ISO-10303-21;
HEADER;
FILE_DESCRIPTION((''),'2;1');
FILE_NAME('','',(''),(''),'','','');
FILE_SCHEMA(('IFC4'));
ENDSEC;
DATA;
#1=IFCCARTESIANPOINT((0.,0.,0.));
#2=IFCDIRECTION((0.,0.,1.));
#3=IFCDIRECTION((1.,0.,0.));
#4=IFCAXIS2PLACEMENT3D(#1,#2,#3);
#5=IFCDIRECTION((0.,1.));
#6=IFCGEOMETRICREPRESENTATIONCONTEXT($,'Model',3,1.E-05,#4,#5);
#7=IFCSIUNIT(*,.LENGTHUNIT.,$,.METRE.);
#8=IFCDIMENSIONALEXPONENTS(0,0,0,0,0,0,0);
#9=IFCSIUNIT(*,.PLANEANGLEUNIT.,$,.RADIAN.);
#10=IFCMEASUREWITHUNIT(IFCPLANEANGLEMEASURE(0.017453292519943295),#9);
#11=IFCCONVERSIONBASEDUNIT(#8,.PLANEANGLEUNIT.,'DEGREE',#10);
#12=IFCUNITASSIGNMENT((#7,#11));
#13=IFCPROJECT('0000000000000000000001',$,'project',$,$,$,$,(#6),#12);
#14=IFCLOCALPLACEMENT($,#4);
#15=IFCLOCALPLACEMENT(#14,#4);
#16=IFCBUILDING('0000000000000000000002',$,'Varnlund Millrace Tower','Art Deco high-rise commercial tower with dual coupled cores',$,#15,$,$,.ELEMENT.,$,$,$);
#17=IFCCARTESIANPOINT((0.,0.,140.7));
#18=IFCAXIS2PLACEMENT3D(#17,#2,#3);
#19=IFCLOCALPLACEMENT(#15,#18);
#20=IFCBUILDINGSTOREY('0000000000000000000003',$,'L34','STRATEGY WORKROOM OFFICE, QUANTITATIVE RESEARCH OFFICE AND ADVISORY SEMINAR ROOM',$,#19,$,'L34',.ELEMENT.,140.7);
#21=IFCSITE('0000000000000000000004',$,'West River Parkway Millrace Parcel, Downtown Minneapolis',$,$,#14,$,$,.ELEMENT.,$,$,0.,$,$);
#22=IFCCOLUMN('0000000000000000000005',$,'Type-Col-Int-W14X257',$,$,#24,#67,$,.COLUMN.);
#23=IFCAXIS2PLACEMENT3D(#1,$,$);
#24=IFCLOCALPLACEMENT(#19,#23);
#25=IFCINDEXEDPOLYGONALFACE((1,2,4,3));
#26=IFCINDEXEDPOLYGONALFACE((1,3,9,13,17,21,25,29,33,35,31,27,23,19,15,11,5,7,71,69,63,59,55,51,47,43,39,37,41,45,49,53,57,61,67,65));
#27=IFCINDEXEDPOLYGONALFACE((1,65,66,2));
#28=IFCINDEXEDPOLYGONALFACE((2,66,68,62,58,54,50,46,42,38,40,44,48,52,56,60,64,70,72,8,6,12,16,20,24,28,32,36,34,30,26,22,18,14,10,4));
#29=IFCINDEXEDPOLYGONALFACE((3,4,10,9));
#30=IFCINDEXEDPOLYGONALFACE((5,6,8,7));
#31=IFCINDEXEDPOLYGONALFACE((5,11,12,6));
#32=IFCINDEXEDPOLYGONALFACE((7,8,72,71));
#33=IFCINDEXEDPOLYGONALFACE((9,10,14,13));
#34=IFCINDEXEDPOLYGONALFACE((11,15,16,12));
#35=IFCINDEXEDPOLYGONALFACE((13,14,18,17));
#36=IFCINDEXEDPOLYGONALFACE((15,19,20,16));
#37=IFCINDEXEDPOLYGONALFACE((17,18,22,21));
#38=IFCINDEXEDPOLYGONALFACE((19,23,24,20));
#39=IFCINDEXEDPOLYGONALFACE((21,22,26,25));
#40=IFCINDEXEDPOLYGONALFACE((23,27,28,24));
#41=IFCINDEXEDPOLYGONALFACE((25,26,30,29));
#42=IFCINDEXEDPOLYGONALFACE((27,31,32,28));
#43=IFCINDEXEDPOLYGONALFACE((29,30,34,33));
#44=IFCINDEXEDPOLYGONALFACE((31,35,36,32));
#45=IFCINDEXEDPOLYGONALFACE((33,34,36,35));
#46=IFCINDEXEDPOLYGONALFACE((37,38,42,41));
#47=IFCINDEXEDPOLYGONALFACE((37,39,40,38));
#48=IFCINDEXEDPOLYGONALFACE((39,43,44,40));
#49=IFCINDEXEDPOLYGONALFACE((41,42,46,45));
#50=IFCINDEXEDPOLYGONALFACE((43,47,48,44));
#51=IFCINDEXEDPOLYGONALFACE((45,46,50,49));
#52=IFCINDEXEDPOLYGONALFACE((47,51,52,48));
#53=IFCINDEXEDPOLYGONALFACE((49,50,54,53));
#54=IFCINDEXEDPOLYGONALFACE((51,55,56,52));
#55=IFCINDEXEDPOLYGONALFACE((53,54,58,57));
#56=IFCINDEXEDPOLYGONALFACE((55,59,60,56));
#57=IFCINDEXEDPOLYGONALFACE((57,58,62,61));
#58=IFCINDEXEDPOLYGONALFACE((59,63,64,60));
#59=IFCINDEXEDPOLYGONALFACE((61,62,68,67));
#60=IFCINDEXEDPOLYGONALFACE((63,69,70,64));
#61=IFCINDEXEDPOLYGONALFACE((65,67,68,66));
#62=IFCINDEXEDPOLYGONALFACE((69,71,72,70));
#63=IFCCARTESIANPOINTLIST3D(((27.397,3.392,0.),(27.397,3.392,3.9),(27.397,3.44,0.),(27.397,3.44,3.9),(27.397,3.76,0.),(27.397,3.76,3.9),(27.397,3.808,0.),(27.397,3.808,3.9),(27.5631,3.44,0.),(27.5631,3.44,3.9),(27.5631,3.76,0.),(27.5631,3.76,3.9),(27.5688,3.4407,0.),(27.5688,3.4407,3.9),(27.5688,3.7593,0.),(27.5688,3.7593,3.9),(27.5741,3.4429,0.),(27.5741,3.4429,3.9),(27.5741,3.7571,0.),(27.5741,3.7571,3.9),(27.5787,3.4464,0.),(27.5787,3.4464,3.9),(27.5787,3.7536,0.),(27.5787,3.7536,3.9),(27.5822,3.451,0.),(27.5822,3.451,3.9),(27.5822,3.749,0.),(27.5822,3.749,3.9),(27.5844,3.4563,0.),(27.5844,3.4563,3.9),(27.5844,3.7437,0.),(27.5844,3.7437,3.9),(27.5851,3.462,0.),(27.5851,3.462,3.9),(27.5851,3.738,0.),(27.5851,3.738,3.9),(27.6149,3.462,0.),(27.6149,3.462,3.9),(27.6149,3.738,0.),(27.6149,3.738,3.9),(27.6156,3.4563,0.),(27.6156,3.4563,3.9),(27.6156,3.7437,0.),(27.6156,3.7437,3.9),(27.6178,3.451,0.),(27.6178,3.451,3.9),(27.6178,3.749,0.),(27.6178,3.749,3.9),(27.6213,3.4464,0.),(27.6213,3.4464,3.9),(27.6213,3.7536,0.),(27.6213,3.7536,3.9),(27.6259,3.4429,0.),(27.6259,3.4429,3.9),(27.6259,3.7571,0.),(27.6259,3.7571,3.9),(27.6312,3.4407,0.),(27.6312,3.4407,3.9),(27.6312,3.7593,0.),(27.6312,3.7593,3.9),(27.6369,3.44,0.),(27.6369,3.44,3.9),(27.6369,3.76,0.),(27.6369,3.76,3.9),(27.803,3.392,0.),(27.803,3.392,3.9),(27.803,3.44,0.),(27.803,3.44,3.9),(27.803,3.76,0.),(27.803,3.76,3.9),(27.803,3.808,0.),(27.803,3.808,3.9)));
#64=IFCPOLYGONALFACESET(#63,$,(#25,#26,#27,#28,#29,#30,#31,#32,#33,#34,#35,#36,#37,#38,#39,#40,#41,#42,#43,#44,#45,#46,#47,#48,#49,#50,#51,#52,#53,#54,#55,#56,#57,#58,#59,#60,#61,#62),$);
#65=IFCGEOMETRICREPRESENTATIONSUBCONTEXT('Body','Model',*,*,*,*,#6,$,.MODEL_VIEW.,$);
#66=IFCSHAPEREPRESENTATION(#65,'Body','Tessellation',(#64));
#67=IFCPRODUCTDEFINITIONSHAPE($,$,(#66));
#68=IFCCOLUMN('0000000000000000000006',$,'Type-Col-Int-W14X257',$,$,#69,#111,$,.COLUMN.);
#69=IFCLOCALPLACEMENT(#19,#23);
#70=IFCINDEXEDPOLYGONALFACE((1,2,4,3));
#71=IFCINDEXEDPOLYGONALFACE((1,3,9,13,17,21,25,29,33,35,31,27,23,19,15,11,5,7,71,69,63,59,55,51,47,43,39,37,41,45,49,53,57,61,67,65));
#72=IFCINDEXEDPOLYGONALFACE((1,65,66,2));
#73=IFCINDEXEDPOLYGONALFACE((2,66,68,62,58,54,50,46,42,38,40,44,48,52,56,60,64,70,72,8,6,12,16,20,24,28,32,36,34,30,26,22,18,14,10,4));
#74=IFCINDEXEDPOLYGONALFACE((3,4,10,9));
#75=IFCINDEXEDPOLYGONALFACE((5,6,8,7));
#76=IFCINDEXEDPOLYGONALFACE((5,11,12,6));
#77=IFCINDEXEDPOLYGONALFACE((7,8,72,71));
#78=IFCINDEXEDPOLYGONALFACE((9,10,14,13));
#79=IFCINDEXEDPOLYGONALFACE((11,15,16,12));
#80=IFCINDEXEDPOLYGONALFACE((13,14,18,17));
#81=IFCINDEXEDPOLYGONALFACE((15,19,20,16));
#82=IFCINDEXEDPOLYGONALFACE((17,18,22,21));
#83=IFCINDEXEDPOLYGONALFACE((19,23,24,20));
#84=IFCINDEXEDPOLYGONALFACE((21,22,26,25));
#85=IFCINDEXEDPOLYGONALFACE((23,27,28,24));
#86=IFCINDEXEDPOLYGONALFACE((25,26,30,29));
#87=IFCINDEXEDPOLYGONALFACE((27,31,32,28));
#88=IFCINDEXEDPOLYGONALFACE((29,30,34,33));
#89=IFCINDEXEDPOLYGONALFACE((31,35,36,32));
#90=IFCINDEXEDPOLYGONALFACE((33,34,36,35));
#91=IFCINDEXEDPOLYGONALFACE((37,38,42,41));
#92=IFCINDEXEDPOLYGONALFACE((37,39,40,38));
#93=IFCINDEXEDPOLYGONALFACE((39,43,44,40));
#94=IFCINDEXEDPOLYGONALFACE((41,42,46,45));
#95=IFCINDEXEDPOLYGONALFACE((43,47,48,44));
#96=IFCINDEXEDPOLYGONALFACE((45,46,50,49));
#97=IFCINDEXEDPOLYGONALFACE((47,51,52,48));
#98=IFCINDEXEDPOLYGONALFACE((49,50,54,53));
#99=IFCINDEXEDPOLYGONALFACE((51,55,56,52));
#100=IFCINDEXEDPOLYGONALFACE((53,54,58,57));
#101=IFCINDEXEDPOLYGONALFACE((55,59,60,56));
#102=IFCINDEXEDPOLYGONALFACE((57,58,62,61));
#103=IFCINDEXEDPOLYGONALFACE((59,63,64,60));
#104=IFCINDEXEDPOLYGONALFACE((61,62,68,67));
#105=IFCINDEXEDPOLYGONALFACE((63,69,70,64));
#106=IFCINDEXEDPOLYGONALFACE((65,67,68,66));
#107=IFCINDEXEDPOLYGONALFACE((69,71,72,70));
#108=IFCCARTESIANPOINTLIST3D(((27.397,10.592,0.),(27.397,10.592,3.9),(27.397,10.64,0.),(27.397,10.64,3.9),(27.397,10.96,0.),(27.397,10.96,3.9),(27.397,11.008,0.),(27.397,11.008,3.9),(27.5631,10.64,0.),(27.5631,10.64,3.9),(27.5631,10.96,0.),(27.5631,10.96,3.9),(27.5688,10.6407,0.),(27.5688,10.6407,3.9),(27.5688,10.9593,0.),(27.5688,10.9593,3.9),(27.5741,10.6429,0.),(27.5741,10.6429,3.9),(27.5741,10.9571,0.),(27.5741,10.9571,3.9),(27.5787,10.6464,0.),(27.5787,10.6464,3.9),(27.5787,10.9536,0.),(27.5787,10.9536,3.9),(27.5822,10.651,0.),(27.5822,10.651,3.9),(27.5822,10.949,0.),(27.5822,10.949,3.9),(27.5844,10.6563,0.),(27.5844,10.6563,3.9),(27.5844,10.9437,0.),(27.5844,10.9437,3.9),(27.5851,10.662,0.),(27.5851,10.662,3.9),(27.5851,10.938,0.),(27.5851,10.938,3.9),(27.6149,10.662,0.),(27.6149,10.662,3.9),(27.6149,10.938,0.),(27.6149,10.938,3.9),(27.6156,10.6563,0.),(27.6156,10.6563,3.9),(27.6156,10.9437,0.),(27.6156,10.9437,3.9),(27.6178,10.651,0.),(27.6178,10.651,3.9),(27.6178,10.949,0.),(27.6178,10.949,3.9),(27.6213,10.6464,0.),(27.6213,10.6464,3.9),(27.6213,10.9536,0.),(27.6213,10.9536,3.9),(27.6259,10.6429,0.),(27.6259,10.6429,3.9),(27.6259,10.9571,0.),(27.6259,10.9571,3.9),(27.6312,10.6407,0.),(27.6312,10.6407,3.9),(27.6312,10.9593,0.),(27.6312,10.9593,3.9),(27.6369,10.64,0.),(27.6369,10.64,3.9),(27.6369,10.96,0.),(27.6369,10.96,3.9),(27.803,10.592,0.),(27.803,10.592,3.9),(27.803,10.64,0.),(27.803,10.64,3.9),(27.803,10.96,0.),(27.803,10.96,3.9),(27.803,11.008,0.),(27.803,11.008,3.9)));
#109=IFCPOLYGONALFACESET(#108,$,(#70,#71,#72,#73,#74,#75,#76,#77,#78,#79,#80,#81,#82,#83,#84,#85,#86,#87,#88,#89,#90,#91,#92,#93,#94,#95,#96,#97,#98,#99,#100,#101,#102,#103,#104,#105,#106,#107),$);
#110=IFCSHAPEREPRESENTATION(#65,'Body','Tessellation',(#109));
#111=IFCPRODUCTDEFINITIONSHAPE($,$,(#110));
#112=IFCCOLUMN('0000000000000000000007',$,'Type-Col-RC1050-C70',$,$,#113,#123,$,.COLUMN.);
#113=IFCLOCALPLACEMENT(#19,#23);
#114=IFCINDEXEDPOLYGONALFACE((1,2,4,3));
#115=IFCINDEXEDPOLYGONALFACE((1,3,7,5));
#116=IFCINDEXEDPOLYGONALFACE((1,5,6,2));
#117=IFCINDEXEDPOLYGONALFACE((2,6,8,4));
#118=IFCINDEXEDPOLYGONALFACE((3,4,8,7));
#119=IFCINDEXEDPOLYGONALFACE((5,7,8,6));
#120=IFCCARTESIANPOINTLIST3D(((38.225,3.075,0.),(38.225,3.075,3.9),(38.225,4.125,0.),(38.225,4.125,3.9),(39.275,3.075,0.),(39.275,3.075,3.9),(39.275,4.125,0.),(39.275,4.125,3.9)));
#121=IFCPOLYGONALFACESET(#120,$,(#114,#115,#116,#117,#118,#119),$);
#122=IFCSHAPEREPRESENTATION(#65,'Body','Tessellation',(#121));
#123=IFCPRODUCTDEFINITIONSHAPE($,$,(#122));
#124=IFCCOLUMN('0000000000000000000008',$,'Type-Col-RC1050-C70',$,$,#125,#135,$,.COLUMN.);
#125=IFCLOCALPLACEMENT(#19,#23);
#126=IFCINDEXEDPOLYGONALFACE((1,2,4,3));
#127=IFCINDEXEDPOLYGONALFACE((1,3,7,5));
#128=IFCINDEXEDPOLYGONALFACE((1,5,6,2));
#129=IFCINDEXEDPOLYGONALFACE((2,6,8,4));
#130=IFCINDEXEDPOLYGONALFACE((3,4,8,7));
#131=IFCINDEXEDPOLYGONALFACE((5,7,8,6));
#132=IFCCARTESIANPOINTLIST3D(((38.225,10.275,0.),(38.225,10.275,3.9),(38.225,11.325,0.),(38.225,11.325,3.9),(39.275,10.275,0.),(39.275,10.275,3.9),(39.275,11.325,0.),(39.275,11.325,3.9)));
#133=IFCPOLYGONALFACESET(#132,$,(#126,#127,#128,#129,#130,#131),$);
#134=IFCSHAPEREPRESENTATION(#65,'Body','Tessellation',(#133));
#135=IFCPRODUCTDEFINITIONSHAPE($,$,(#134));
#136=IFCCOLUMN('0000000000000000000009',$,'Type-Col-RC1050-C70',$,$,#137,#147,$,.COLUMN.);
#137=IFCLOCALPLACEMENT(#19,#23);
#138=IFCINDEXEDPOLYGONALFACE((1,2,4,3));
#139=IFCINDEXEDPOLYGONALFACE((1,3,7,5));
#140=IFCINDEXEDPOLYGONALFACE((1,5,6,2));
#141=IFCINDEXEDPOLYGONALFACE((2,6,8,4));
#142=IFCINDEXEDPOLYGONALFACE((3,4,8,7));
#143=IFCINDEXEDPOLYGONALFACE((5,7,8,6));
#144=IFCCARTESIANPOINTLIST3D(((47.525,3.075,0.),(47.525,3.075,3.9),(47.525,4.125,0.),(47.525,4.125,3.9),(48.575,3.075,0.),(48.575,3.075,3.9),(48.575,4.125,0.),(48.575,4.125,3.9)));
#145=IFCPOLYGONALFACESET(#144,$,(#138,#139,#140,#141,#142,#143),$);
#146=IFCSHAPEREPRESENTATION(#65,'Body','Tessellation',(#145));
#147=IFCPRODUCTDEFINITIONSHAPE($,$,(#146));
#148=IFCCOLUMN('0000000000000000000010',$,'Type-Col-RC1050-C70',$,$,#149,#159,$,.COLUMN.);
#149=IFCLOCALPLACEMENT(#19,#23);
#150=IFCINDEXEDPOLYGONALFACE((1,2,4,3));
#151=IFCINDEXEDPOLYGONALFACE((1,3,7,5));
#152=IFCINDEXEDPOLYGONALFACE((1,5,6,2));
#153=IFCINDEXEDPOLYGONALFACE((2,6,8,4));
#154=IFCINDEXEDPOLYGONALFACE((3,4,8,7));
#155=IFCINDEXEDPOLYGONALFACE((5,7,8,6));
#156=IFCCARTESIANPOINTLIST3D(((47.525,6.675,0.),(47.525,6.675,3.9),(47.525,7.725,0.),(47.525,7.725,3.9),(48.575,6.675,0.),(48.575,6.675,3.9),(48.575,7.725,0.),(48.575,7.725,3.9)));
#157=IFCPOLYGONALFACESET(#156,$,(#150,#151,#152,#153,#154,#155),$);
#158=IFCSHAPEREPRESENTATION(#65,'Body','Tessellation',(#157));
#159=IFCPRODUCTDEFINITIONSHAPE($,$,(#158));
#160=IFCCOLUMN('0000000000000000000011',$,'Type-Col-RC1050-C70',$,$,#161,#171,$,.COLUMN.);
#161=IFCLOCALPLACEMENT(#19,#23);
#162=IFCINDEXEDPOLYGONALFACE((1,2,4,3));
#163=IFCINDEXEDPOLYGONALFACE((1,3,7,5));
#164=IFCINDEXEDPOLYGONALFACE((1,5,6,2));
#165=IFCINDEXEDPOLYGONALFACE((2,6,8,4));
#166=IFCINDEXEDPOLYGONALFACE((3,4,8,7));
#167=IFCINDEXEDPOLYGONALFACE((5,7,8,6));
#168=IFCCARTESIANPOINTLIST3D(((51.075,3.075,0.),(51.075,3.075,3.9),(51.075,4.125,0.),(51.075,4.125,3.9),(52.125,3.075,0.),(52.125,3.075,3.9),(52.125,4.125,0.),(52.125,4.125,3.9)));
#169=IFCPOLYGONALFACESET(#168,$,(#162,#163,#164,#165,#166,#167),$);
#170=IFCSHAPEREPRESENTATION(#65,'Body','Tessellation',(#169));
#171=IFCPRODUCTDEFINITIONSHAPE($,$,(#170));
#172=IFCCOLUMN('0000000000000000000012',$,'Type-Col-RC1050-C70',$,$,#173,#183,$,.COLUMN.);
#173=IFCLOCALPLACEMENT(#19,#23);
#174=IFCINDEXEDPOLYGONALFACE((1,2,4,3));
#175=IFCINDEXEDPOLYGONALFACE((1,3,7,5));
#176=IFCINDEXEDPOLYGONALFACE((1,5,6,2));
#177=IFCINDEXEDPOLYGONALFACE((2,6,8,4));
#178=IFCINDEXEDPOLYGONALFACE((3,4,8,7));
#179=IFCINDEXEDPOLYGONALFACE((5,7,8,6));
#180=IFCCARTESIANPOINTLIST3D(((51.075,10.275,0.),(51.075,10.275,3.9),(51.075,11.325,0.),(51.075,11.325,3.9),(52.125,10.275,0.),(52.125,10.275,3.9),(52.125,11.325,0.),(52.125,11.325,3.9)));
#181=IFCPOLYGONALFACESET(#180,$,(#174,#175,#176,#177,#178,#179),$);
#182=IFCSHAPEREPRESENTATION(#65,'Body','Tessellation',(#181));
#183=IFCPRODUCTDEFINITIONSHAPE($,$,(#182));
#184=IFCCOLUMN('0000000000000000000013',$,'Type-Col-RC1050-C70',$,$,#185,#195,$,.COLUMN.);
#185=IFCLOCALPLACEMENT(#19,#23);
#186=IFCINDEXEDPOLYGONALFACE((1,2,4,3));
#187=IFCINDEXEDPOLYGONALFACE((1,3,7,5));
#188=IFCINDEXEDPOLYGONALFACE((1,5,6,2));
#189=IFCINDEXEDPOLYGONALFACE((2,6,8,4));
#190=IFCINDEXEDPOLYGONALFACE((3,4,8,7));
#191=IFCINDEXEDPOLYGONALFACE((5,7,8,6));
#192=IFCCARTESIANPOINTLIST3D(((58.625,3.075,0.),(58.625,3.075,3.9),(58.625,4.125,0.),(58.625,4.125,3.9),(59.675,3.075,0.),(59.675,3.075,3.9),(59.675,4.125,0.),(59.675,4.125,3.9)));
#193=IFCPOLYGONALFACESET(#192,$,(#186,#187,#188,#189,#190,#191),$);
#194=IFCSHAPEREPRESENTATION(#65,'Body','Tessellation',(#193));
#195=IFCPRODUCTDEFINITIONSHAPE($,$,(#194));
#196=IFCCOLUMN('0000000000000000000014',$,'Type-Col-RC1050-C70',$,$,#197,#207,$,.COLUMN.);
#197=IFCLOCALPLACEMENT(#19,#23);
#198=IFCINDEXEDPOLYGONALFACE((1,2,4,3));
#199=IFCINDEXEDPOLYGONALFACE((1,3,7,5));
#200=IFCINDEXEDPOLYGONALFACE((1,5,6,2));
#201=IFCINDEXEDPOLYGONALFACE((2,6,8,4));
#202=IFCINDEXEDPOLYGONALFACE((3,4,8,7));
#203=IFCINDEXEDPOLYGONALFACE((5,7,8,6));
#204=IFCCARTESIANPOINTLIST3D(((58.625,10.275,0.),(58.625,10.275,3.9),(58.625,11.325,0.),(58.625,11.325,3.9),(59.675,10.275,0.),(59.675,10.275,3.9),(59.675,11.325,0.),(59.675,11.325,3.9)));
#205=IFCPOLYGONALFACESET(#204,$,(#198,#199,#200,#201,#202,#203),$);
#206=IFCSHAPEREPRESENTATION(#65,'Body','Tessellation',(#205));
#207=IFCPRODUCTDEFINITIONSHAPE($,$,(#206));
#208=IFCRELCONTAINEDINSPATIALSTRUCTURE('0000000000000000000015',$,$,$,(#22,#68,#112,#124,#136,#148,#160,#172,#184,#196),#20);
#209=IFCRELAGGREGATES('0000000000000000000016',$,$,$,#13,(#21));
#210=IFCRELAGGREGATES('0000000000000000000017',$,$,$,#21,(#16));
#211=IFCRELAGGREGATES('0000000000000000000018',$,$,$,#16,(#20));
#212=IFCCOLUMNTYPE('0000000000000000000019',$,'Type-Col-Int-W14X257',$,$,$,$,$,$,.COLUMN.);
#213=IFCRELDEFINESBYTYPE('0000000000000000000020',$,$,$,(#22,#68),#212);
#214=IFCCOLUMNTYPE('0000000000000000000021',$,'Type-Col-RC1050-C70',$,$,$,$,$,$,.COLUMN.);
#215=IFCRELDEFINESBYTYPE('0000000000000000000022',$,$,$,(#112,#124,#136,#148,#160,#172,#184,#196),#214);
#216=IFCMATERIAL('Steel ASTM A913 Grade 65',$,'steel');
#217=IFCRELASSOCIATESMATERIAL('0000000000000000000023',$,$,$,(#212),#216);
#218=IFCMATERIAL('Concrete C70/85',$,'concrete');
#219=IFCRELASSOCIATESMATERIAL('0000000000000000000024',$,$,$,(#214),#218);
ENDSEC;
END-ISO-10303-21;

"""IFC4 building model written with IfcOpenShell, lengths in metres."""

from ifc_helpers import new_model, entity, si_unit, converted_unit, direction, frame, origin_with_axes, origin_2d_with_axis, place, context, subcontext, project, spatial, rectangle, i_section, extrude, material, material_profile, profile_set, type_object, element, save


model = new_model("IFC4")

# Units and contexts
model_context = context("Model", 3, precision=1e-05, world=origin_with_axes(), true_north=direction((0.0, 1.0)))
body_context = subcontext(model_context, "Body", "Model", "MODEL_VIEW")
ifc_project = project(units=[si_unit("LENGTHUNIT", "METRE"), converted_unit("PLANEANGLEUNIT", "DEGREE", entity("IfcPlaneAngleMeasure", 0.017453292519943295), si_unit("PLANEANGLEUNIT", "RADIAN"), dimensions=[0, 0, 0, 0, 0, 0, 0])], contexts=[model_context])

# Site, building, storey
site_placement = place(None, origin_with_axes())
site = spatial("IfcSite", under=ifc_project, at=site_placement, Name="West River Parkway Millrace Parcel, Downtown Minneapolis", CompositionType="ELEMENT", RefElevation=0.0)
building_placement = place(site_placement, origin_with_axes())
building = spatial("IfcBuilding", under=site, at=building_placement, Name="Varnlund Millrace Tower", Description="Art Deco high-rise commercial tower with dual coupled cores", CompositionType="ELEMENT")
storey_placement = place(building_placement, frame((0.0, 0.0, 140.7), z_axis=(0.0, 0.0, 1.0), x_axis=(1.0, 0.0, 0.0)))
storey = spatial("IfcBuildingStorey", under=building, at=storey_placement, Name="L34", Description="STRATEGY WORKROOM OFFICE, QUANTITATIVE RESEARCH OFFICE AND ADVISORY SEMINAR ROOM", LongName="L34", CompositionType="ELEMENT", Elevation=140.7)

# Columns
ifc_material_1 = material(Name="Steel ASTM A913 Grade 65", Category="steel")
ifc_material_profile_1 = material_profile(ifc_material_1, i_section(OverallWidth=0.406, OverallDepth=0.416, WebThickness=0.0298, FlangeThickness=0.048, FilletRadius=0.022, at=origin_2d_with_axis()), Name="Steel ASTM A913 Grade 65")
ifc_profile_set_1 = profile_set([ifc_material_profile_1], Name="Steel ASTM A913 Grade 65")
column_type_1 = type_object("IfcColumnType", Name="Type-Col-Int-W14X257", PredefinedType="COLUMN", material=ifc_profile_set_1)
for number, where, z_axis, x_axis, name in (
    (1, (27.6, 3.6, 0.0), (0.0, 0.0, 1.0), (1.0, 0.0, 0.0), "Type-Col-Int-W14X257"),
    (2, (27.6, 10.8, 0.0), (0.0, 0.0, 1.0), (1.0, 0.0, 0.0), "Type-Col-Int-W14X257"),
):
    element("IfcColumn", number, at=place(storey_placement, frame(where, z_axis=z_axis, x_axis=x_axis)), inside=storey, type_object=column_type_1, Name=name, PredefinedType="COLUMN", context=body_context, shape_type="SweptSolid", body=[
        extrude(i_section(OverallWidth=0.406, OverallDepth=0.416, WebThickness=0.0298, FlangeThickness=0.048, FilletRadius=0.022, at=origin_2d_with_axis()), origin_with_axes(), (0.0, 0.0, 1.0), 3.9),
    ])
ifc_material_2 = material(Name="Concrete C70/85", Category="concrete")
ifc_material_profile_2 = material_profile(ifc_material_2, rectangle(XDim=1.05, YDim=1.05, at=origin_2d_with_axis()), Name="Concrete C70/85")
ifc_profile_set_2 = profile_set([ifc_material_profile_2], Name="Concrete C70/85")
column_type_2 = type_object("IfcColumnType", Name="Type-Col-RC1050-C70", PredefinedType="COLUMN", material=ifc_profile_set_2)
for number, where, z_axis, x_axis, name in (
    (3, (38.75, 3.6, 0.0), (0.0, 0.0, 1.0), (1.0, 0.0, 0.0), "Type-Col-RC1050-C70"),
    (4, (38.75, 10.8, 0.0), (0.0, 0.0, 1.0), (1.0, 0.0, 0.0), "Type-Col-RC1050-C70"),
    (5, (48.05, 3.6, 0.0), (0.0, 0.0, 1.0), (1.0, 0.0, 0.0), "Type-Col-RC1050-C70"),
    (6, (48.05, 7.2, 0.0), (0.0, 0.0, 1.0), (1.0, 0.0, 0.0), "Type-Col-RC1050-C70"),
    (7, (51.6, 3.6, 0.0), (0.0, 0.0, 1.0), (1.0, 0.0, 0.0), "Type-Col-RC1050-C70"),
    (8, (51.6, 10.8, 0.0), (0.0, 0.0, 1.0), (1.0, 0.0, 0.0), "Type-Col-RC1050-C70"),
    (9, (59.15, 3.6, 0.0), (0.0, 0.0, 1.0), (1.0, 0.0, 0.0), "Type-Col-RC1050-C70"),
    (10, (59.15, 10.8, 0.0), (0.0, 0.0, 1.0), (1.0, 0.0, 0.0), "Type-Col-RC1050-C70"),
):
    element("IfcColumn", number, at=place(storey_placement, frame(where, z_axis=z_axis, x_axis=x_axis)), inside=storey, type_object=column_type_2, Name=name, PredefinedType="COLUMN", context=body_context, shape_type="SweptSolid", body=[
        extrude(rectangle(XDim=1.05, YDim=1.05, at=origin_2d_with_axis()), origin_with_axes(), (0.0, 0.0, 1.0), 3.9),
    ])

save(model, "model.ifc")
